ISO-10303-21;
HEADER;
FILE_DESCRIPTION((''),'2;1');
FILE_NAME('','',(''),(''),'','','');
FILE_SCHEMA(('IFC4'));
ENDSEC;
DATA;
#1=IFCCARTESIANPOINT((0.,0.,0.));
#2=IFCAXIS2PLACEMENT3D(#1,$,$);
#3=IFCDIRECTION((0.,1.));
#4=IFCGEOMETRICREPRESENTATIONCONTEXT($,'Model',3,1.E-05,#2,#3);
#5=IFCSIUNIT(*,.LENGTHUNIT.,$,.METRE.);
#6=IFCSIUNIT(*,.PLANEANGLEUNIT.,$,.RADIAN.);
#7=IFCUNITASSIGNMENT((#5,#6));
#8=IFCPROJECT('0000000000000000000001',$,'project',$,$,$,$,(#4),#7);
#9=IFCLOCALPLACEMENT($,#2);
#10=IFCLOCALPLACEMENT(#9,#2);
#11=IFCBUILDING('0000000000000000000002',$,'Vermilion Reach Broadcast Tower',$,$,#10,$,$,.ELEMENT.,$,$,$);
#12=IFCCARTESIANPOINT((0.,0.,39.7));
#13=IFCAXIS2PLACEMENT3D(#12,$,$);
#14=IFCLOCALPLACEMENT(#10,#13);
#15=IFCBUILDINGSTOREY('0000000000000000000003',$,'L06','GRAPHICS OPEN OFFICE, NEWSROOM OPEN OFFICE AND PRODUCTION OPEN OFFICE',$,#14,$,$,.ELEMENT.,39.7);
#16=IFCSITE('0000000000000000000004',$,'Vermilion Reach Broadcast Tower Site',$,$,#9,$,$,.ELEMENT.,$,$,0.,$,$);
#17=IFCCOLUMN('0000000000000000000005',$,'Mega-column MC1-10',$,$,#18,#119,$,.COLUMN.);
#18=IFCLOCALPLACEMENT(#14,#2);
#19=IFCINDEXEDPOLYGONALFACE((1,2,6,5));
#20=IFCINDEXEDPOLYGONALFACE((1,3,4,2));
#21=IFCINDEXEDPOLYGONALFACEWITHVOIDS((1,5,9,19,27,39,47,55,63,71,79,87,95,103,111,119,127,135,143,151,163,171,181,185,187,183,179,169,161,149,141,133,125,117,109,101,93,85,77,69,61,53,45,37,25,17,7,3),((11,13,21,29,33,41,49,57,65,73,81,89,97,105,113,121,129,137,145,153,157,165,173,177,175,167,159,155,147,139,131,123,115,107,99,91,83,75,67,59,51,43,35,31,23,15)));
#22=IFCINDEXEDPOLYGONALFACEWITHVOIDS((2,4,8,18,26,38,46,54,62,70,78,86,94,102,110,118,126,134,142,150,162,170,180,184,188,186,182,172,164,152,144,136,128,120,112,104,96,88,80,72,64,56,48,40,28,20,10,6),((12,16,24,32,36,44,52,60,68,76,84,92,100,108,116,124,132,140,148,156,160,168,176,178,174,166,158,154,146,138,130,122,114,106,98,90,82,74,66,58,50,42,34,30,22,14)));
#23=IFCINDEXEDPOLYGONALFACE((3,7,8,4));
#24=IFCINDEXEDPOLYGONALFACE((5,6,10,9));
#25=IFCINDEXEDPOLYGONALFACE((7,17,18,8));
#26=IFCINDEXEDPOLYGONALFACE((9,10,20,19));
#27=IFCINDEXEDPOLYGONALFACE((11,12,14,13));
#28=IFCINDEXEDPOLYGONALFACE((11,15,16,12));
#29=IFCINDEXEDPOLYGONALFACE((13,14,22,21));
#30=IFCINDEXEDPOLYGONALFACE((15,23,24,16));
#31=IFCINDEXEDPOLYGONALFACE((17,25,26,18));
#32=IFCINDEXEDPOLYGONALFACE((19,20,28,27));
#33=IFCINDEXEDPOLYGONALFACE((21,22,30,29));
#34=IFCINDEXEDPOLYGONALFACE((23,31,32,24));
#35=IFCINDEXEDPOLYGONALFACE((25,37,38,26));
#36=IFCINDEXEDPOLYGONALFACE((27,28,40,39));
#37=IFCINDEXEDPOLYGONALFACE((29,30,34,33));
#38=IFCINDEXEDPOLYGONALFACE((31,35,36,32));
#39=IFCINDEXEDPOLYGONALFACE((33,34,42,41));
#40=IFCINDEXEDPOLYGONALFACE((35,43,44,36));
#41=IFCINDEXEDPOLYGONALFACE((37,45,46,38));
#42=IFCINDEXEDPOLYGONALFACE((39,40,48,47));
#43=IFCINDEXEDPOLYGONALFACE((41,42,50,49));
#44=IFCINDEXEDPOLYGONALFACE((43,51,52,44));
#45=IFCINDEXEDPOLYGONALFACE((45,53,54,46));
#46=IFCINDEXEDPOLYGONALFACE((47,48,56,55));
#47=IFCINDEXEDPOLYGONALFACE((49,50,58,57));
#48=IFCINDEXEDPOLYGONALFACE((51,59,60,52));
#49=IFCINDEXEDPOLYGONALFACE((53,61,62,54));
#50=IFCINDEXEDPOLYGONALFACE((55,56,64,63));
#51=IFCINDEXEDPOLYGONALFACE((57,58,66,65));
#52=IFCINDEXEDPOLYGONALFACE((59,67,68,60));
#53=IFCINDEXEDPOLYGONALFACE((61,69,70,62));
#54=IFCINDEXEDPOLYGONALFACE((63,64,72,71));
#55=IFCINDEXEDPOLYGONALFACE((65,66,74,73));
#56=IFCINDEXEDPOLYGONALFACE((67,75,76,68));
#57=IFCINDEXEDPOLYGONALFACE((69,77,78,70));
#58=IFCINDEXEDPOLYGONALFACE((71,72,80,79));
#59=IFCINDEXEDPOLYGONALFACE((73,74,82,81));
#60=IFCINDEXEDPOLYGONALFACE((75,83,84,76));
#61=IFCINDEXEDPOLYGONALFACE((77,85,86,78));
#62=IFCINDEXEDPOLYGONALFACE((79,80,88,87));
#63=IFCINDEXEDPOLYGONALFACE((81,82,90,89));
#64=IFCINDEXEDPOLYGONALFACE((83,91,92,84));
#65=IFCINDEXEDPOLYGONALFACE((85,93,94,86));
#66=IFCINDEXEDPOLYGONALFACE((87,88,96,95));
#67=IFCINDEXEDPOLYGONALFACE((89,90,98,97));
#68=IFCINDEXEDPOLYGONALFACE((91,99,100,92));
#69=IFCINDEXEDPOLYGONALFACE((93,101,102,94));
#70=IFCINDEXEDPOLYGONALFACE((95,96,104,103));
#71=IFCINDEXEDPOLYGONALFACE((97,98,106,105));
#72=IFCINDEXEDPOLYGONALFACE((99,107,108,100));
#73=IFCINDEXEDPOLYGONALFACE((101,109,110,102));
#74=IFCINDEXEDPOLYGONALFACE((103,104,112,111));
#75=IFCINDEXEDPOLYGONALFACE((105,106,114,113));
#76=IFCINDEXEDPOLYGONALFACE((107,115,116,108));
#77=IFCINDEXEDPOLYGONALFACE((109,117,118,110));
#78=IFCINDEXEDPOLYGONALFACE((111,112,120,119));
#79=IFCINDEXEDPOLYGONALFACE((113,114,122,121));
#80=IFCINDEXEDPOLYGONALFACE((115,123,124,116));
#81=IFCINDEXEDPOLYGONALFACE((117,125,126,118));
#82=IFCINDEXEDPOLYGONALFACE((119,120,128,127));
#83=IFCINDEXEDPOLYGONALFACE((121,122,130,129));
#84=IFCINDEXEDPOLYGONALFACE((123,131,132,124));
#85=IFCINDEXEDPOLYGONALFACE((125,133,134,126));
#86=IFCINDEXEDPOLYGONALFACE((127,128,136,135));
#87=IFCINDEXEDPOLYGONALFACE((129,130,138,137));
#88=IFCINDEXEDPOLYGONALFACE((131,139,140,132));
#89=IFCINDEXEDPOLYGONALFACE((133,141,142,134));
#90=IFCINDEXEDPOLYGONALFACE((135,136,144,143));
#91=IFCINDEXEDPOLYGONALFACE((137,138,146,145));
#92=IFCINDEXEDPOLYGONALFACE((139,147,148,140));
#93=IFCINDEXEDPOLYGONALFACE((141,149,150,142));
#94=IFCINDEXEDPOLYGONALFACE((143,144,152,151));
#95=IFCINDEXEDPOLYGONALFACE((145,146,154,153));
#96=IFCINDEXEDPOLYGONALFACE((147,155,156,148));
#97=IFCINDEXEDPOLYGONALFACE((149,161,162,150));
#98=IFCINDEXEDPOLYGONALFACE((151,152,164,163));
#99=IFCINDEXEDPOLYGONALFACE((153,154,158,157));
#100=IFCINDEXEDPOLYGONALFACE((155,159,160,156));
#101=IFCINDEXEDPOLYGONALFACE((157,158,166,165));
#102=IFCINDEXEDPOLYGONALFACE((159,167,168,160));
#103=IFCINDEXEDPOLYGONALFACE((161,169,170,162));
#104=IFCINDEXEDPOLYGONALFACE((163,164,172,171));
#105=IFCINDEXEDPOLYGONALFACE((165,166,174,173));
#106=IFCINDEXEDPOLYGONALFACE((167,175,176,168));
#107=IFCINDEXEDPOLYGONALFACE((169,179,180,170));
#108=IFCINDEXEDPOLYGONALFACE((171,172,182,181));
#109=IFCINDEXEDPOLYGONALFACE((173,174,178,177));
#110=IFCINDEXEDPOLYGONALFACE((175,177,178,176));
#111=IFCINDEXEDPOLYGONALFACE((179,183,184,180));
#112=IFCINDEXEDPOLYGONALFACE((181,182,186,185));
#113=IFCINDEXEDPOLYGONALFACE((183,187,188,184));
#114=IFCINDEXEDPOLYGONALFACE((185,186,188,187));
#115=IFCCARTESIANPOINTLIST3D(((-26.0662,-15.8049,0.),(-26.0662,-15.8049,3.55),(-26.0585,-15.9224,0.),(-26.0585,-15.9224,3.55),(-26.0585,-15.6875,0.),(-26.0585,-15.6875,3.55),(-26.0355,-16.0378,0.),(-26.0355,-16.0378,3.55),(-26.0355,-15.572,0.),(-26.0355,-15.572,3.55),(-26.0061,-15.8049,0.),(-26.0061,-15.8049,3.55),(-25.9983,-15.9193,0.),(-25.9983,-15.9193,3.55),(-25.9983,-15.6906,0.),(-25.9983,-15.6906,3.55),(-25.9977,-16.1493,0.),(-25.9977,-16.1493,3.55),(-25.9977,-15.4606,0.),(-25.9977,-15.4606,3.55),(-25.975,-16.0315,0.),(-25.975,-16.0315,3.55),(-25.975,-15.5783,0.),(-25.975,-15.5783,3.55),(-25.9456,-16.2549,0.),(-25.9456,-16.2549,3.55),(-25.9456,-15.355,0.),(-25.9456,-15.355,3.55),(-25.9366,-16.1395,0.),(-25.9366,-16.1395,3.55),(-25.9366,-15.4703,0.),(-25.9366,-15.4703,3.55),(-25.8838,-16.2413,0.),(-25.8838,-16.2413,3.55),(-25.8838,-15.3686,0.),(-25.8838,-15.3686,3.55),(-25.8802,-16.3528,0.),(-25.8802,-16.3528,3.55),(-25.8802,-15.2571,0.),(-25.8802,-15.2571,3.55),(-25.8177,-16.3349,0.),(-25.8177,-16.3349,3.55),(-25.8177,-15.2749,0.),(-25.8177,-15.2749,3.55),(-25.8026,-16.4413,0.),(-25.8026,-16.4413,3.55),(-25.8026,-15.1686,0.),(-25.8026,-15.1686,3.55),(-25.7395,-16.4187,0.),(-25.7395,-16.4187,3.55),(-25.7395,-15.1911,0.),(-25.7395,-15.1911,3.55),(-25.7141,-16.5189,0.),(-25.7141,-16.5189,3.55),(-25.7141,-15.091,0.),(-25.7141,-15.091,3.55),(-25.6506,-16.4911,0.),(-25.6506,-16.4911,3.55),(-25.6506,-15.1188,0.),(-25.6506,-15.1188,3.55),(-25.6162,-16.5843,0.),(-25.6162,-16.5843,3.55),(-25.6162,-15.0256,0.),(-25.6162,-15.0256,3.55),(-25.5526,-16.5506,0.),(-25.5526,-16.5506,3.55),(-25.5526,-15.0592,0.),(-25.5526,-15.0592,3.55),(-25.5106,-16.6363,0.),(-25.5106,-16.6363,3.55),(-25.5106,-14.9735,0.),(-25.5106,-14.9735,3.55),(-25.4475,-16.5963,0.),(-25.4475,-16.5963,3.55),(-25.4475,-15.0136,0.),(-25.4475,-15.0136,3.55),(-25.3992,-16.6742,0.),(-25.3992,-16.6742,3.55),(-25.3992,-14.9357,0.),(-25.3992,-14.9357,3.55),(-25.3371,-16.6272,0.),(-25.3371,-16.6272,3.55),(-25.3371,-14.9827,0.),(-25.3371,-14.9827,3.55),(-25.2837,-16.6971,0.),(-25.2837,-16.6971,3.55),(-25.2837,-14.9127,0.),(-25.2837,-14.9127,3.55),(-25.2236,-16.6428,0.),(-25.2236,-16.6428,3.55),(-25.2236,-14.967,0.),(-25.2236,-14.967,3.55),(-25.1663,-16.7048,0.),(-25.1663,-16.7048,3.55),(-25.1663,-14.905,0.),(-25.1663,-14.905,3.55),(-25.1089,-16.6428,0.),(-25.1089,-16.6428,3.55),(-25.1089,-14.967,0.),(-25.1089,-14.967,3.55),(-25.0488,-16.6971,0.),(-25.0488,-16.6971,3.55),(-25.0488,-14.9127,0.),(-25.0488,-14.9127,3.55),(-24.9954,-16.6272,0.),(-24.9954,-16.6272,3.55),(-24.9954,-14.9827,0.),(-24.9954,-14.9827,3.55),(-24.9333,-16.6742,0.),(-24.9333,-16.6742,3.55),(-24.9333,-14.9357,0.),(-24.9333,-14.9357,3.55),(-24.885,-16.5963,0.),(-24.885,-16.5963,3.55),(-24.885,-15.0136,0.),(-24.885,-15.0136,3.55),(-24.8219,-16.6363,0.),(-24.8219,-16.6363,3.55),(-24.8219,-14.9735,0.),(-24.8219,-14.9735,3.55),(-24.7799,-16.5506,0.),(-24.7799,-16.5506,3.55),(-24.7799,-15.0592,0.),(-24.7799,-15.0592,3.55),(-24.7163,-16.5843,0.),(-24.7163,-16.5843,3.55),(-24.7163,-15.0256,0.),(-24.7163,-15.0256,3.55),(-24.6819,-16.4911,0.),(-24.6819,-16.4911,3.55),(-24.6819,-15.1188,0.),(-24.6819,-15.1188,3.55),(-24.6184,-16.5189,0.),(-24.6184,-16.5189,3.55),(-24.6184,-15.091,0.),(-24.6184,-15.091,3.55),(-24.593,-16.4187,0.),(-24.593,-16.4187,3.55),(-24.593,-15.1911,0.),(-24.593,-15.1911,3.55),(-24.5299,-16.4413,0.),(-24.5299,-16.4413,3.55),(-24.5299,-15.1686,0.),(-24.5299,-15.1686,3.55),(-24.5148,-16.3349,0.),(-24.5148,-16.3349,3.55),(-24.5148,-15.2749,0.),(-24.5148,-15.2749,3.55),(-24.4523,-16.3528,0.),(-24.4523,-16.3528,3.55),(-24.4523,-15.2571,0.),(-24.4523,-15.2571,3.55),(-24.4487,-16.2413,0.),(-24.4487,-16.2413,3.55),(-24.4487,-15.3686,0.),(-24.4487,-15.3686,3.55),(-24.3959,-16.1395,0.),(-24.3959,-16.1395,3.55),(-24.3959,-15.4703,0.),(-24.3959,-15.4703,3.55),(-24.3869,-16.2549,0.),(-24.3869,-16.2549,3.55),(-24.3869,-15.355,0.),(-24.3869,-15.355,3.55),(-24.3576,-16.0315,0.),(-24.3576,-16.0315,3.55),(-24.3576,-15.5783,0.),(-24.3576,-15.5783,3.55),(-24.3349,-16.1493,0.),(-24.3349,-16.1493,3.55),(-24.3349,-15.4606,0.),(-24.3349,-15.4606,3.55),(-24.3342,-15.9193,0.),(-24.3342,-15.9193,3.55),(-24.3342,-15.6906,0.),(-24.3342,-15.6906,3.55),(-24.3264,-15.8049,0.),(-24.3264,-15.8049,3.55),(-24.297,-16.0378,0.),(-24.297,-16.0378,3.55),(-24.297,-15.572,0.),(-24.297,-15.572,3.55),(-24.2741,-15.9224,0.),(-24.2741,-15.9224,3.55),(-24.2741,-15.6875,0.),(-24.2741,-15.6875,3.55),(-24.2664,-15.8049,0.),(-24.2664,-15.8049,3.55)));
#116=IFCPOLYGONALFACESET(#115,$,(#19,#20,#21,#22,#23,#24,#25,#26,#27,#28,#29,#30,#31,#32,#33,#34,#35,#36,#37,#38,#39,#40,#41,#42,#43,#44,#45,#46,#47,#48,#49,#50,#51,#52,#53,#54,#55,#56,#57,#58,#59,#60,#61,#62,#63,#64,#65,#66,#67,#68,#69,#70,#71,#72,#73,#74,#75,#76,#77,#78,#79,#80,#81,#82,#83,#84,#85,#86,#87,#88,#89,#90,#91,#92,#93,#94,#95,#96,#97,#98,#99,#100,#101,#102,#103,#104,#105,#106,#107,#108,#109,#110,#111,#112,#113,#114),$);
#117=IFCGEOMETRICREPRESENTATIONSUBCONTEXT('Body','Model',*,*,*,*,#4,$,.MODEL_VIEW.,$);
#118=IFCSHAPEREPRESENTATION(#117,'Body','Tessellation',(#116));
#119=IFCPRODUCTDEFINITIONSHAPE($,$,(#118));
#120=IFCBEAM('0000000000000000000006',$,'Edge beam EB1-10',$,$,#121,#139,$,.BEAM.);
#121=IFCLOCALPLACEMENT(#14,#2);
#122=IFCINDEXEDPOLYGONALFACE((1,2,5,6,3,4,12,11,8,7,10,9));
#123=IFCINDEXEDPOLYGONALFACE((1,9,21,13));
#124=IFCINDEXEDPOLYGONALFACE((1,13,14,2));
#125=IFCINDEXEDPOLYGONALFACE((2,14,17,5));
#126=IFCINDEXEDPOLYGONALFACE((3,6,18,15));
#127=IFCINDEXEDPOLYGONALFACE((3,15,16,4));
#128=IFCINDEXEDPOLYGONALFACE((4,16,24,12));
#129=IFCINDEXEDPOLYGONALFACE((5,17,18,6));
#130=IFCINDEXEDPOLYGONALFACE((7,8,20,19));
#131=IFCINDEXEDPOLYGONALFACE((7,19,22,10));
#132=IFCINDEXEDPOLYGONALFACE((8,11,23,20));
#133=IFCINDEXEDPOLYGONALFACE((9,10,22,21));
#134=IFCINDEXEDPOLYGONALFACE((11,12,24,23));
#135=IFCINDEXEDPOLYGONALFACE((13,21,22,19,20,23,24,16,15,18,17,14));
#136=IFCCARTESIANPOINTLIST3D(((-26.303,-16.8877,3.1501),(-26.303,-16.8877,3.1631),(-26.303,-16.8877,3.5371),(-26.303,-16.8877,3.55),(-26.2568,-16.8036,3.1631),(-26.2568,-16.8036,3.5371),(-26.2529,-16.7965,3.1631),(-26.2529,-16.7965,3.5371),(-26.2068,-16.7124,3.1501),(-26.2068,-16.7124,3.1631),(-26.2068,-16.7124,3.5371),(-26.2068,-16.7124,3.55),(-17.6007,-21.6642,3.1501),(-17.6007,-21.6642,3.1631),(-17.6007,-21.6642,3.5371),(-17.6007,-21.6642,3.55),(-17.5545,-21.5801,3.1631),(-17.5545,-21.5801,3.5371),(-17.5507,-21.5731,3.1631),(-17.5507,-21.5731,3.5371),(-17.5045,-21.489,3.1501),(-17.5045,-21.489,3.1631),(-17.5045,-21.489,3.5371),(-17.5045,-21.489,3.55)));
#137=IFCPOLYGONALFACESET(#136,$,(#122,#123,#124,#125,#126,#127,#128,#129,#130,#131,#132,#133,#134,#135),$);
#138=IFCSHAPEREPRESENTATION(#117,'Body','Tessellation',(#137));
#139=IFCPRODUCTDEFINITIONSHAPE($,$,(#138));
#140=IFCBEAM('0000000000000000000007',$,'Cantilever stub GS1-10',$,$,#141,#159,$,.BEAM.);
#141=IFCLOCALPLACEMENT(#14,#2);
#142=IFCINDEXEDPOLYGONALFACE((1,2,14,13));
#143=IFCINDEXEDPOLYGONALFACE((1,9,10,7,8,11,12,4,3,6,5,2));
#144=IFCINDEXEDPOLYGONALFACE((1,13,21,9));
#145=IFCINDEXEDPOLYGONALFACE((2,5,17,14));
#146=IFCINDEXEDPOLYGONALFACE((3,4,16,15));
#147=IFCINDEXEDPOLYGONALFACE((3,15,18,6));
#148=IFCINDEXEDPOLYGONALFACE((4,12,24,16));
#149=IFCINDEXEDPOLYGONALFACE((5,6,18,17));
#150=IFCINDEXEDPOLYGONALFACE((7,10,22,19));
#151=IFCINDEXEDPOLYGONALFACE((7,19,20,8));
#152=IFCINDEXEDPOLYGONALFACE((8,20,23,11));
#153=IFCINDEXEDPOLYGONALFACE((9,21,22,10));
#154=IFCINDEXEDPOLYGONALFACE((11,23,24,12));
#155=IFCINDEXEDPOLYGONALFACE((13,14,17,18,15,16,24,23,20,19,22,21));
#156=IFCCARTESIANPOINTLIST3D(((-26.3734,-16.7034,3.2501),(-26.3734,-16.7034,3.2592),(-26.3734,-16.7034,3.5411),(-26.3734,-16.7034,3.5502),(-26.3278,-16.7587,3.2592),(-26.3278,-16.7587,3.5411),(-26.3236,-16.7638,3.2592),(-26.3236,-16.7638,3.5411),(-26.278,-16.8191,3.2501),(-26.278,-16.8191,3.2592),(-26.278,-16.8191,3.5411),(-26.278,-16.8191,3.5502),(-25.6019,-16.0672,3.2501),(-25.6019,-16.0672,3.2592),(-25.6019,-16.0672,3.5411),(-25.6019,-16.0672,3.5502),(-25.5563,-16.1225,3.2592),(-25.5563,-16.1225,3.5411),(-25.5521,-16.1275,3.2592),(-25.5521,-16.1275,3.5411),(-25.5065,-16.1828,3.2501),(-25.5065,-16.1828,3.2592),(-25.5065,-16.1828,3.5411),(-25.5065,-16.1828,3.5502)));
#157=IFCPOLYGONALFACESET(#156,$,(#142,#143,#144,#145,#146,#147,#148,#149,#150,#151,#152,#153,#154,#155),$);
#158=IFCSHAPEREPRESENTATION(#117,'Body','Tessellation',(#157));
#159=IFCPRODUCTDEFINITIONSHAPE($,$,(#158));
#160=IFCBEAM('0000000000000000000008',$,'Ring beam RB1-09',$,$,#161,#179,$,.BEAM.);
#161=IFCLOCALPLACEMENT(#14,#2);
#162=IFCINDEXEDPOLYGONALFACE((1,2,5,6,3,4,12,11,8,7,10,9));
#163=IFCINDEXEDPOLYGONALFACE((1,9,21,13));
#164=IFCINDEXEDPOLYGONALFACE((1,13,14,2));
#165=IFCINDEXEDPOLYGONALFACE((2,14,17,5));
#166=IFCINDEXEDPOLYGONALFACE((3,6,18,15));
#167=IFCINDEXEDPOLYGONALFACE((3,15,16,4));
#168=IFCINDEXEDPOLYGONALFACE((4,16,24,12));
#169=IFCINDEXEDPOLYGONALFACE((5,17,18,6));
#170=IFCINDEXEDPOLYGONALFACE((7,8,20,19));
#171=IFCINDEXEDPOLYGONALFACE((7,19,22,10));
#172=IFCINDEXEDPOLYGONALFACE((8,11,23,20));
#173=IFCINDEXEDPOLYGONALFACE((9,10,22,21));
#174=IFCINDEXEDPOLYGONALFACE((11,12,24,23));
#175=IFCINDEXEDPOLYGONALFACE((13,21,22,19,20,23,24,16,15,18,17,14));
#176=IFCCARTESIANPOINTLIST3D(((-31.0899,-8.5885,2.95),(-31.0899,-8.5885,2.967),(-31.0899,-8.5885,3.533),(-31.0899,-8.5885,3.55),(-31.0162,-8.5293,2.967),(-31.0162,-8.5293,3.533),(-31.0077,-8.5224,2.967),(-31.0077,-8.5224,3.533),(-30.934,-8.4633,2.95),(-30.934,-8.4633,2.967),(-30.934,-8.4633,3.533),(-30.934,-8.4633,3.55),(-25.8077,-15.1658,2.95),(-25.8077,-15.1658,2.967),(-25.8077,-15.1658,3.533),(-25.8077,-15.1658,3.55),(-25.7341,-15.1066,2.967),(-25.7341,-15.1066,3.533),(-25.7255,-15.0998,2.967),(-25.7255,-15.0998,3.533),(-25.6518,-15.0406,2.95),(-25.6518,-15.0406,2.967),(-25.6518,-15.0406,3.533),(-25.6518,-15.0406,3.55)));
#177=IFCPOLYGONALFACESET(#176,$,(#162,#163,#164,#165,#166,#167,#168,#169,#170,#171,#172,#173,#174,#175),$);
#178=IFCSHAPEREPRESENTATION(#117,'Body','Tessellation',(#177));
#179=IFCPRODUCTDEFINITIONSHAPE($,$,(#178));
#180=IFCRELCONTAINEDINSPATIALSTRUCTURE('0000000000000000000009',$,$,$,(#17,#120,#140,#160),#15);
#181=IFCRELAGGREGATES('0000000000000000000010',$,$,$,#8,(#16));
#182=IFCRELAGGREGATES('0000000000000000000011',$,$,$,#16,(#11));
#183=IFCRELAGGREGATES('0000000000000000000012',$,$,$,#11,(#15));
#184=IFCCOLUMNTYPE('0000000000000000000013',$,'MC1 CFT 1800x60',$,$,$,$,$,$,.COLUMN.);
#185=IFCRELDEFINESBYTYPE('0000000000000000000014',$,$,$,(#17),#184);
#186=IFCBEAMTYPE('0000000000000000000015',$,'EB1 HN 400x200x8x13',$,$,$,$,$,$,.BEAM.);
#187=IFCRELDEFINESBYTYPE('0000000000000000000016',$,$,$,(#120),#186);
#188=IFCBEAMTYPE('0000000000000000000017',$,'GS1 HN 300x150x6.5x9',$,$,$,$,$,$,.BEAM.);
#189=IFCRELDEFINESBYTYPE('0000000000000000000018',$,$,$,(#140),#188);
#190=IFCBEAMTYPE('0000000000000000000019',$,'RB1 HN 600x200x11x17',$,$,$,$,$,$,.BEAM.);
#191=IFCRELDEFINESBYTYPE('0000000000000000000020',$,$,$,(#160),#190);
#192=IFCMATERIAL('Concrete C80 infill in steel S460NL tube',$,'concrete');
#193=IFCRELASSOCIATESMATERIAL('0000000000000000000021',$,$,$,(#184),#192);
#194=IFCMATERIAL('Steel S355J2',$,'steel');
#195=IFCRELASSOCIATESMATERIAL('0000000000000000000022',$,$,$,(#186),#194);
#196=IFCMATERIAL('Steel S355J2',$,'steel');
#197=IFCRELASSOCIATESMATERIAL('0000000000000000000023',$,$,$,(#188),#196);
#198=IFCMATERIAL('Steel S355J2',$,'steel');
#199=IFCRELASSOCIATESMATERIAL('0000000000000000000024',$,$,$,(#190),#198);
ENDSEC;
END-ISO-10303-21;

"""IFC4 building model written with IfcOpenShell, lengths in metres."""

from ifc_helpers import new_model, si_unit, direction, frame, origin, origin_2d, place, context, subcontext, project, spatial, hollow_circle, i_section, extrude, material, material_profile, profile_set, type_object, element, save


model = new_model("IFC4")

# Units and contexts
model_context = context("Model", 3, precision=1e-05, world=origin(), true_north=direction((0.0, 1.0)))
body_context = subcontext(model_context, "Body", "Model", "MODEL_VIEW")
ifc_project = project(units=[si_unit("LENGTHUNIT", "METRE"), si_unit("PLANEANGLEUNIT", "RADIAN")], contexts=[model_context])

# Site, building, storey
site_placement = place(None, origin())
site = spatial("IfcSite", under=ifc_project, at=site_placement, Name="Vermilion Reach Broadcast Tower Site", CompositionType="ELEMENT", RefElevation=0.0)
building_placement = place(site_placement, origin())
building = spatial("IfcBuilding", under=site, at=building_placement, Name="Vermilion Reach Broadcast Tower", CompositionType="ELEMENT")
storey_placement = place(building_placement, frame((0.0, 0.0, 39.7)))
storey = spatial("IfcBuildingStorey", under=building, at=storey_placement, Name="L06", Description="GRAPHICS OPEN OFFICE, NEWSROOM OPEN OFFICE AND PRODUCTION OPEN OFFICE", CompositionType="ELEMENT", Elevation=39.7)

# Column
ifc_material_1 = material(Name="Concrete C80 infill in steel S460NL tube", Category="concrete")
ifc_material_profile_1 = material_profile(ifc_material_1, hollow_circle(Radius=0.8999, WallThickness=0.0601, at=origin_2d()), Name="Concrete C80 infill in steel S460NL tube CFT 1800x60")
ifc_profile_set_1 = profile_set([ifc_material_profile_1], Name="Concrete C80 infill in steel S460NL tube")
column_type = type_object("IfcColumnType", Name="MC1 CFT 1800x60", PredefinedType="COLUMN", material=ifc_profile_set_1)
column_placement = place(storey_placement, frame((-25.1663, -15.8049, 0.0), z_axis=(0.0, 0.0, 1.0), x_axis=(1.0, 0.0, 0.0)))
element("IfcColumn", 1, at=column_placement, inside=storey, type_object=column_type, Name="Mega-column MC1-10", PredefinedType="COLUMN", context=body_context, shape_type="SweptSolid", body=[
    extrude(hollow_circle(Radius=0.8999, WallThickness=0.0601, at=origin_2d()), origin(), (0.0, 0.0, 1.0), 3.55),
])

# Beams
ifc_material_2 = material(Name="Steel S355J2", Category="steel")
ifc_material_profile_2 = material_profile(ifc_material_2, i_section(OverallWidth=0.2, OverallDepth=0.3999, WebThickness=0.0081, FlangeThickness=0.0129, at=origin_2d()), Name="S355J2 HN 400x200x8x13")
ifc_profile_set_2 = profile_set([ifc_material_profile_2], Name="Steel S355J2")
beam_type_1 = type_object("IfcBeamType", Name="EB1 HN 400x200x8x13", PredefinedType="BEAM", material=ifc_profile_set_2)
beam_1_placement = place(storey_placement, frame((-26.2549, -16.8, 3.3501), z_axis=(0.876628, -0.481168, 0.0), x_axis=(0.481168, 0.876628, 0.0)))
element("IfcBeam", 2, at=beam_1_placement, inside=storey, type_object=beam_type_1, Name="Edge beam EB1-10", PredefinedType="BEAM", context=body_context, shape_type="SweptSolid", body=[
    extrude(i_section(OverallWidth=0.2, OverallDepth=0.3999, WebThickness=0.0081, FlangeThickness=0.0129, at=origin_2d()), origin(), (0.0, 0.0, 1.0), 9.927),
])
ifc_material_3 = material(Name="Steel S355J2", Category="steel")
ifc_material_profile_3 = material_profile(ifc_material_3, i_section(OverallWidth=0.1499, OverallDepth=0.3, WebThickness=0.0066, FlangeThickness=0.009, at=origin_2d()), Name="S355J2 HN 300x150x6.5x9")
ifc_profile_set_3 = profile_set([ifc_material_profile_3], Name="Steel S355J2")
beam_type_2 = type_object("IfcBeamType", Name="GS1 HN 300x150x6.5x9", PredefinedType="BEAM", material=ifc_profile_set_3)
beam_2_placement = place(storey_placement, frame((-25.5542, -16.125, 3.4001), z_axis=(-0.771493, -0.636238, 0.0), x_axis=(0.636238, -0.771493, 0.0)))
element("IfcBeam", 3, at=beam_2_placement, inside=storey, type_object=beam_type_2, Name="Cantilever stub GS1-10", PredefinedType="BEAM", context=body_context, shape_type="SweptSolid", body=[
    extrude(i_section(OverallWidth=0.1499, OverallDepth=0.3, WebThickness=0.0066, FlangeThickness=0.009, at=origin_2d()), origin(), (0.0, 0.0, 1.0), 1.0),
])
ifc_material_4 = material(Name="Steel S355J2", Category="steel")
ifc_material_profile_4 = material_profile(ifc_material_4, i_section(OverallWidth=0.2, OverallDepth=0.6001, WebThickness=0.011, FlangeThickness=0.0171, at=origin_2d()), Name="S355J2 HN 600x200x11x17")
ifc_profile_set_4 = profile_set([ifc_material_profile_4], Name="Steel S355J2")
beam_type_3 = type_object("IfcBeamType", Name="RB1 HN 600x200x11x17", PredefinedType="BEAM", material=ifc_profile_set_4)
beam_3_placement = place(storey_placement, frame((-31.012, -8.5259, 3.25), z_axis=(0.626162, -0.779693, 0.0), x_axis=(0.779693, 0.626162, 0.0)))
element("IfcBeam", 4, at=beam_3_placement, inside=storey, type_object=beam_type_3, Name="Ring beam RB1-09", PredefinedType="BEAM", context=body_context, shape_type="SweptSolid", body=[
    extrude(i_section(OverallWidth=0.2, OverallDepth=0.6001, WebThickness=0.011, FlangeThickness=0.0171, at=origin_2d()), origin(), (0.0, 0.0, 1.0), 8.4358),
])

save(model, "model.ifc")
